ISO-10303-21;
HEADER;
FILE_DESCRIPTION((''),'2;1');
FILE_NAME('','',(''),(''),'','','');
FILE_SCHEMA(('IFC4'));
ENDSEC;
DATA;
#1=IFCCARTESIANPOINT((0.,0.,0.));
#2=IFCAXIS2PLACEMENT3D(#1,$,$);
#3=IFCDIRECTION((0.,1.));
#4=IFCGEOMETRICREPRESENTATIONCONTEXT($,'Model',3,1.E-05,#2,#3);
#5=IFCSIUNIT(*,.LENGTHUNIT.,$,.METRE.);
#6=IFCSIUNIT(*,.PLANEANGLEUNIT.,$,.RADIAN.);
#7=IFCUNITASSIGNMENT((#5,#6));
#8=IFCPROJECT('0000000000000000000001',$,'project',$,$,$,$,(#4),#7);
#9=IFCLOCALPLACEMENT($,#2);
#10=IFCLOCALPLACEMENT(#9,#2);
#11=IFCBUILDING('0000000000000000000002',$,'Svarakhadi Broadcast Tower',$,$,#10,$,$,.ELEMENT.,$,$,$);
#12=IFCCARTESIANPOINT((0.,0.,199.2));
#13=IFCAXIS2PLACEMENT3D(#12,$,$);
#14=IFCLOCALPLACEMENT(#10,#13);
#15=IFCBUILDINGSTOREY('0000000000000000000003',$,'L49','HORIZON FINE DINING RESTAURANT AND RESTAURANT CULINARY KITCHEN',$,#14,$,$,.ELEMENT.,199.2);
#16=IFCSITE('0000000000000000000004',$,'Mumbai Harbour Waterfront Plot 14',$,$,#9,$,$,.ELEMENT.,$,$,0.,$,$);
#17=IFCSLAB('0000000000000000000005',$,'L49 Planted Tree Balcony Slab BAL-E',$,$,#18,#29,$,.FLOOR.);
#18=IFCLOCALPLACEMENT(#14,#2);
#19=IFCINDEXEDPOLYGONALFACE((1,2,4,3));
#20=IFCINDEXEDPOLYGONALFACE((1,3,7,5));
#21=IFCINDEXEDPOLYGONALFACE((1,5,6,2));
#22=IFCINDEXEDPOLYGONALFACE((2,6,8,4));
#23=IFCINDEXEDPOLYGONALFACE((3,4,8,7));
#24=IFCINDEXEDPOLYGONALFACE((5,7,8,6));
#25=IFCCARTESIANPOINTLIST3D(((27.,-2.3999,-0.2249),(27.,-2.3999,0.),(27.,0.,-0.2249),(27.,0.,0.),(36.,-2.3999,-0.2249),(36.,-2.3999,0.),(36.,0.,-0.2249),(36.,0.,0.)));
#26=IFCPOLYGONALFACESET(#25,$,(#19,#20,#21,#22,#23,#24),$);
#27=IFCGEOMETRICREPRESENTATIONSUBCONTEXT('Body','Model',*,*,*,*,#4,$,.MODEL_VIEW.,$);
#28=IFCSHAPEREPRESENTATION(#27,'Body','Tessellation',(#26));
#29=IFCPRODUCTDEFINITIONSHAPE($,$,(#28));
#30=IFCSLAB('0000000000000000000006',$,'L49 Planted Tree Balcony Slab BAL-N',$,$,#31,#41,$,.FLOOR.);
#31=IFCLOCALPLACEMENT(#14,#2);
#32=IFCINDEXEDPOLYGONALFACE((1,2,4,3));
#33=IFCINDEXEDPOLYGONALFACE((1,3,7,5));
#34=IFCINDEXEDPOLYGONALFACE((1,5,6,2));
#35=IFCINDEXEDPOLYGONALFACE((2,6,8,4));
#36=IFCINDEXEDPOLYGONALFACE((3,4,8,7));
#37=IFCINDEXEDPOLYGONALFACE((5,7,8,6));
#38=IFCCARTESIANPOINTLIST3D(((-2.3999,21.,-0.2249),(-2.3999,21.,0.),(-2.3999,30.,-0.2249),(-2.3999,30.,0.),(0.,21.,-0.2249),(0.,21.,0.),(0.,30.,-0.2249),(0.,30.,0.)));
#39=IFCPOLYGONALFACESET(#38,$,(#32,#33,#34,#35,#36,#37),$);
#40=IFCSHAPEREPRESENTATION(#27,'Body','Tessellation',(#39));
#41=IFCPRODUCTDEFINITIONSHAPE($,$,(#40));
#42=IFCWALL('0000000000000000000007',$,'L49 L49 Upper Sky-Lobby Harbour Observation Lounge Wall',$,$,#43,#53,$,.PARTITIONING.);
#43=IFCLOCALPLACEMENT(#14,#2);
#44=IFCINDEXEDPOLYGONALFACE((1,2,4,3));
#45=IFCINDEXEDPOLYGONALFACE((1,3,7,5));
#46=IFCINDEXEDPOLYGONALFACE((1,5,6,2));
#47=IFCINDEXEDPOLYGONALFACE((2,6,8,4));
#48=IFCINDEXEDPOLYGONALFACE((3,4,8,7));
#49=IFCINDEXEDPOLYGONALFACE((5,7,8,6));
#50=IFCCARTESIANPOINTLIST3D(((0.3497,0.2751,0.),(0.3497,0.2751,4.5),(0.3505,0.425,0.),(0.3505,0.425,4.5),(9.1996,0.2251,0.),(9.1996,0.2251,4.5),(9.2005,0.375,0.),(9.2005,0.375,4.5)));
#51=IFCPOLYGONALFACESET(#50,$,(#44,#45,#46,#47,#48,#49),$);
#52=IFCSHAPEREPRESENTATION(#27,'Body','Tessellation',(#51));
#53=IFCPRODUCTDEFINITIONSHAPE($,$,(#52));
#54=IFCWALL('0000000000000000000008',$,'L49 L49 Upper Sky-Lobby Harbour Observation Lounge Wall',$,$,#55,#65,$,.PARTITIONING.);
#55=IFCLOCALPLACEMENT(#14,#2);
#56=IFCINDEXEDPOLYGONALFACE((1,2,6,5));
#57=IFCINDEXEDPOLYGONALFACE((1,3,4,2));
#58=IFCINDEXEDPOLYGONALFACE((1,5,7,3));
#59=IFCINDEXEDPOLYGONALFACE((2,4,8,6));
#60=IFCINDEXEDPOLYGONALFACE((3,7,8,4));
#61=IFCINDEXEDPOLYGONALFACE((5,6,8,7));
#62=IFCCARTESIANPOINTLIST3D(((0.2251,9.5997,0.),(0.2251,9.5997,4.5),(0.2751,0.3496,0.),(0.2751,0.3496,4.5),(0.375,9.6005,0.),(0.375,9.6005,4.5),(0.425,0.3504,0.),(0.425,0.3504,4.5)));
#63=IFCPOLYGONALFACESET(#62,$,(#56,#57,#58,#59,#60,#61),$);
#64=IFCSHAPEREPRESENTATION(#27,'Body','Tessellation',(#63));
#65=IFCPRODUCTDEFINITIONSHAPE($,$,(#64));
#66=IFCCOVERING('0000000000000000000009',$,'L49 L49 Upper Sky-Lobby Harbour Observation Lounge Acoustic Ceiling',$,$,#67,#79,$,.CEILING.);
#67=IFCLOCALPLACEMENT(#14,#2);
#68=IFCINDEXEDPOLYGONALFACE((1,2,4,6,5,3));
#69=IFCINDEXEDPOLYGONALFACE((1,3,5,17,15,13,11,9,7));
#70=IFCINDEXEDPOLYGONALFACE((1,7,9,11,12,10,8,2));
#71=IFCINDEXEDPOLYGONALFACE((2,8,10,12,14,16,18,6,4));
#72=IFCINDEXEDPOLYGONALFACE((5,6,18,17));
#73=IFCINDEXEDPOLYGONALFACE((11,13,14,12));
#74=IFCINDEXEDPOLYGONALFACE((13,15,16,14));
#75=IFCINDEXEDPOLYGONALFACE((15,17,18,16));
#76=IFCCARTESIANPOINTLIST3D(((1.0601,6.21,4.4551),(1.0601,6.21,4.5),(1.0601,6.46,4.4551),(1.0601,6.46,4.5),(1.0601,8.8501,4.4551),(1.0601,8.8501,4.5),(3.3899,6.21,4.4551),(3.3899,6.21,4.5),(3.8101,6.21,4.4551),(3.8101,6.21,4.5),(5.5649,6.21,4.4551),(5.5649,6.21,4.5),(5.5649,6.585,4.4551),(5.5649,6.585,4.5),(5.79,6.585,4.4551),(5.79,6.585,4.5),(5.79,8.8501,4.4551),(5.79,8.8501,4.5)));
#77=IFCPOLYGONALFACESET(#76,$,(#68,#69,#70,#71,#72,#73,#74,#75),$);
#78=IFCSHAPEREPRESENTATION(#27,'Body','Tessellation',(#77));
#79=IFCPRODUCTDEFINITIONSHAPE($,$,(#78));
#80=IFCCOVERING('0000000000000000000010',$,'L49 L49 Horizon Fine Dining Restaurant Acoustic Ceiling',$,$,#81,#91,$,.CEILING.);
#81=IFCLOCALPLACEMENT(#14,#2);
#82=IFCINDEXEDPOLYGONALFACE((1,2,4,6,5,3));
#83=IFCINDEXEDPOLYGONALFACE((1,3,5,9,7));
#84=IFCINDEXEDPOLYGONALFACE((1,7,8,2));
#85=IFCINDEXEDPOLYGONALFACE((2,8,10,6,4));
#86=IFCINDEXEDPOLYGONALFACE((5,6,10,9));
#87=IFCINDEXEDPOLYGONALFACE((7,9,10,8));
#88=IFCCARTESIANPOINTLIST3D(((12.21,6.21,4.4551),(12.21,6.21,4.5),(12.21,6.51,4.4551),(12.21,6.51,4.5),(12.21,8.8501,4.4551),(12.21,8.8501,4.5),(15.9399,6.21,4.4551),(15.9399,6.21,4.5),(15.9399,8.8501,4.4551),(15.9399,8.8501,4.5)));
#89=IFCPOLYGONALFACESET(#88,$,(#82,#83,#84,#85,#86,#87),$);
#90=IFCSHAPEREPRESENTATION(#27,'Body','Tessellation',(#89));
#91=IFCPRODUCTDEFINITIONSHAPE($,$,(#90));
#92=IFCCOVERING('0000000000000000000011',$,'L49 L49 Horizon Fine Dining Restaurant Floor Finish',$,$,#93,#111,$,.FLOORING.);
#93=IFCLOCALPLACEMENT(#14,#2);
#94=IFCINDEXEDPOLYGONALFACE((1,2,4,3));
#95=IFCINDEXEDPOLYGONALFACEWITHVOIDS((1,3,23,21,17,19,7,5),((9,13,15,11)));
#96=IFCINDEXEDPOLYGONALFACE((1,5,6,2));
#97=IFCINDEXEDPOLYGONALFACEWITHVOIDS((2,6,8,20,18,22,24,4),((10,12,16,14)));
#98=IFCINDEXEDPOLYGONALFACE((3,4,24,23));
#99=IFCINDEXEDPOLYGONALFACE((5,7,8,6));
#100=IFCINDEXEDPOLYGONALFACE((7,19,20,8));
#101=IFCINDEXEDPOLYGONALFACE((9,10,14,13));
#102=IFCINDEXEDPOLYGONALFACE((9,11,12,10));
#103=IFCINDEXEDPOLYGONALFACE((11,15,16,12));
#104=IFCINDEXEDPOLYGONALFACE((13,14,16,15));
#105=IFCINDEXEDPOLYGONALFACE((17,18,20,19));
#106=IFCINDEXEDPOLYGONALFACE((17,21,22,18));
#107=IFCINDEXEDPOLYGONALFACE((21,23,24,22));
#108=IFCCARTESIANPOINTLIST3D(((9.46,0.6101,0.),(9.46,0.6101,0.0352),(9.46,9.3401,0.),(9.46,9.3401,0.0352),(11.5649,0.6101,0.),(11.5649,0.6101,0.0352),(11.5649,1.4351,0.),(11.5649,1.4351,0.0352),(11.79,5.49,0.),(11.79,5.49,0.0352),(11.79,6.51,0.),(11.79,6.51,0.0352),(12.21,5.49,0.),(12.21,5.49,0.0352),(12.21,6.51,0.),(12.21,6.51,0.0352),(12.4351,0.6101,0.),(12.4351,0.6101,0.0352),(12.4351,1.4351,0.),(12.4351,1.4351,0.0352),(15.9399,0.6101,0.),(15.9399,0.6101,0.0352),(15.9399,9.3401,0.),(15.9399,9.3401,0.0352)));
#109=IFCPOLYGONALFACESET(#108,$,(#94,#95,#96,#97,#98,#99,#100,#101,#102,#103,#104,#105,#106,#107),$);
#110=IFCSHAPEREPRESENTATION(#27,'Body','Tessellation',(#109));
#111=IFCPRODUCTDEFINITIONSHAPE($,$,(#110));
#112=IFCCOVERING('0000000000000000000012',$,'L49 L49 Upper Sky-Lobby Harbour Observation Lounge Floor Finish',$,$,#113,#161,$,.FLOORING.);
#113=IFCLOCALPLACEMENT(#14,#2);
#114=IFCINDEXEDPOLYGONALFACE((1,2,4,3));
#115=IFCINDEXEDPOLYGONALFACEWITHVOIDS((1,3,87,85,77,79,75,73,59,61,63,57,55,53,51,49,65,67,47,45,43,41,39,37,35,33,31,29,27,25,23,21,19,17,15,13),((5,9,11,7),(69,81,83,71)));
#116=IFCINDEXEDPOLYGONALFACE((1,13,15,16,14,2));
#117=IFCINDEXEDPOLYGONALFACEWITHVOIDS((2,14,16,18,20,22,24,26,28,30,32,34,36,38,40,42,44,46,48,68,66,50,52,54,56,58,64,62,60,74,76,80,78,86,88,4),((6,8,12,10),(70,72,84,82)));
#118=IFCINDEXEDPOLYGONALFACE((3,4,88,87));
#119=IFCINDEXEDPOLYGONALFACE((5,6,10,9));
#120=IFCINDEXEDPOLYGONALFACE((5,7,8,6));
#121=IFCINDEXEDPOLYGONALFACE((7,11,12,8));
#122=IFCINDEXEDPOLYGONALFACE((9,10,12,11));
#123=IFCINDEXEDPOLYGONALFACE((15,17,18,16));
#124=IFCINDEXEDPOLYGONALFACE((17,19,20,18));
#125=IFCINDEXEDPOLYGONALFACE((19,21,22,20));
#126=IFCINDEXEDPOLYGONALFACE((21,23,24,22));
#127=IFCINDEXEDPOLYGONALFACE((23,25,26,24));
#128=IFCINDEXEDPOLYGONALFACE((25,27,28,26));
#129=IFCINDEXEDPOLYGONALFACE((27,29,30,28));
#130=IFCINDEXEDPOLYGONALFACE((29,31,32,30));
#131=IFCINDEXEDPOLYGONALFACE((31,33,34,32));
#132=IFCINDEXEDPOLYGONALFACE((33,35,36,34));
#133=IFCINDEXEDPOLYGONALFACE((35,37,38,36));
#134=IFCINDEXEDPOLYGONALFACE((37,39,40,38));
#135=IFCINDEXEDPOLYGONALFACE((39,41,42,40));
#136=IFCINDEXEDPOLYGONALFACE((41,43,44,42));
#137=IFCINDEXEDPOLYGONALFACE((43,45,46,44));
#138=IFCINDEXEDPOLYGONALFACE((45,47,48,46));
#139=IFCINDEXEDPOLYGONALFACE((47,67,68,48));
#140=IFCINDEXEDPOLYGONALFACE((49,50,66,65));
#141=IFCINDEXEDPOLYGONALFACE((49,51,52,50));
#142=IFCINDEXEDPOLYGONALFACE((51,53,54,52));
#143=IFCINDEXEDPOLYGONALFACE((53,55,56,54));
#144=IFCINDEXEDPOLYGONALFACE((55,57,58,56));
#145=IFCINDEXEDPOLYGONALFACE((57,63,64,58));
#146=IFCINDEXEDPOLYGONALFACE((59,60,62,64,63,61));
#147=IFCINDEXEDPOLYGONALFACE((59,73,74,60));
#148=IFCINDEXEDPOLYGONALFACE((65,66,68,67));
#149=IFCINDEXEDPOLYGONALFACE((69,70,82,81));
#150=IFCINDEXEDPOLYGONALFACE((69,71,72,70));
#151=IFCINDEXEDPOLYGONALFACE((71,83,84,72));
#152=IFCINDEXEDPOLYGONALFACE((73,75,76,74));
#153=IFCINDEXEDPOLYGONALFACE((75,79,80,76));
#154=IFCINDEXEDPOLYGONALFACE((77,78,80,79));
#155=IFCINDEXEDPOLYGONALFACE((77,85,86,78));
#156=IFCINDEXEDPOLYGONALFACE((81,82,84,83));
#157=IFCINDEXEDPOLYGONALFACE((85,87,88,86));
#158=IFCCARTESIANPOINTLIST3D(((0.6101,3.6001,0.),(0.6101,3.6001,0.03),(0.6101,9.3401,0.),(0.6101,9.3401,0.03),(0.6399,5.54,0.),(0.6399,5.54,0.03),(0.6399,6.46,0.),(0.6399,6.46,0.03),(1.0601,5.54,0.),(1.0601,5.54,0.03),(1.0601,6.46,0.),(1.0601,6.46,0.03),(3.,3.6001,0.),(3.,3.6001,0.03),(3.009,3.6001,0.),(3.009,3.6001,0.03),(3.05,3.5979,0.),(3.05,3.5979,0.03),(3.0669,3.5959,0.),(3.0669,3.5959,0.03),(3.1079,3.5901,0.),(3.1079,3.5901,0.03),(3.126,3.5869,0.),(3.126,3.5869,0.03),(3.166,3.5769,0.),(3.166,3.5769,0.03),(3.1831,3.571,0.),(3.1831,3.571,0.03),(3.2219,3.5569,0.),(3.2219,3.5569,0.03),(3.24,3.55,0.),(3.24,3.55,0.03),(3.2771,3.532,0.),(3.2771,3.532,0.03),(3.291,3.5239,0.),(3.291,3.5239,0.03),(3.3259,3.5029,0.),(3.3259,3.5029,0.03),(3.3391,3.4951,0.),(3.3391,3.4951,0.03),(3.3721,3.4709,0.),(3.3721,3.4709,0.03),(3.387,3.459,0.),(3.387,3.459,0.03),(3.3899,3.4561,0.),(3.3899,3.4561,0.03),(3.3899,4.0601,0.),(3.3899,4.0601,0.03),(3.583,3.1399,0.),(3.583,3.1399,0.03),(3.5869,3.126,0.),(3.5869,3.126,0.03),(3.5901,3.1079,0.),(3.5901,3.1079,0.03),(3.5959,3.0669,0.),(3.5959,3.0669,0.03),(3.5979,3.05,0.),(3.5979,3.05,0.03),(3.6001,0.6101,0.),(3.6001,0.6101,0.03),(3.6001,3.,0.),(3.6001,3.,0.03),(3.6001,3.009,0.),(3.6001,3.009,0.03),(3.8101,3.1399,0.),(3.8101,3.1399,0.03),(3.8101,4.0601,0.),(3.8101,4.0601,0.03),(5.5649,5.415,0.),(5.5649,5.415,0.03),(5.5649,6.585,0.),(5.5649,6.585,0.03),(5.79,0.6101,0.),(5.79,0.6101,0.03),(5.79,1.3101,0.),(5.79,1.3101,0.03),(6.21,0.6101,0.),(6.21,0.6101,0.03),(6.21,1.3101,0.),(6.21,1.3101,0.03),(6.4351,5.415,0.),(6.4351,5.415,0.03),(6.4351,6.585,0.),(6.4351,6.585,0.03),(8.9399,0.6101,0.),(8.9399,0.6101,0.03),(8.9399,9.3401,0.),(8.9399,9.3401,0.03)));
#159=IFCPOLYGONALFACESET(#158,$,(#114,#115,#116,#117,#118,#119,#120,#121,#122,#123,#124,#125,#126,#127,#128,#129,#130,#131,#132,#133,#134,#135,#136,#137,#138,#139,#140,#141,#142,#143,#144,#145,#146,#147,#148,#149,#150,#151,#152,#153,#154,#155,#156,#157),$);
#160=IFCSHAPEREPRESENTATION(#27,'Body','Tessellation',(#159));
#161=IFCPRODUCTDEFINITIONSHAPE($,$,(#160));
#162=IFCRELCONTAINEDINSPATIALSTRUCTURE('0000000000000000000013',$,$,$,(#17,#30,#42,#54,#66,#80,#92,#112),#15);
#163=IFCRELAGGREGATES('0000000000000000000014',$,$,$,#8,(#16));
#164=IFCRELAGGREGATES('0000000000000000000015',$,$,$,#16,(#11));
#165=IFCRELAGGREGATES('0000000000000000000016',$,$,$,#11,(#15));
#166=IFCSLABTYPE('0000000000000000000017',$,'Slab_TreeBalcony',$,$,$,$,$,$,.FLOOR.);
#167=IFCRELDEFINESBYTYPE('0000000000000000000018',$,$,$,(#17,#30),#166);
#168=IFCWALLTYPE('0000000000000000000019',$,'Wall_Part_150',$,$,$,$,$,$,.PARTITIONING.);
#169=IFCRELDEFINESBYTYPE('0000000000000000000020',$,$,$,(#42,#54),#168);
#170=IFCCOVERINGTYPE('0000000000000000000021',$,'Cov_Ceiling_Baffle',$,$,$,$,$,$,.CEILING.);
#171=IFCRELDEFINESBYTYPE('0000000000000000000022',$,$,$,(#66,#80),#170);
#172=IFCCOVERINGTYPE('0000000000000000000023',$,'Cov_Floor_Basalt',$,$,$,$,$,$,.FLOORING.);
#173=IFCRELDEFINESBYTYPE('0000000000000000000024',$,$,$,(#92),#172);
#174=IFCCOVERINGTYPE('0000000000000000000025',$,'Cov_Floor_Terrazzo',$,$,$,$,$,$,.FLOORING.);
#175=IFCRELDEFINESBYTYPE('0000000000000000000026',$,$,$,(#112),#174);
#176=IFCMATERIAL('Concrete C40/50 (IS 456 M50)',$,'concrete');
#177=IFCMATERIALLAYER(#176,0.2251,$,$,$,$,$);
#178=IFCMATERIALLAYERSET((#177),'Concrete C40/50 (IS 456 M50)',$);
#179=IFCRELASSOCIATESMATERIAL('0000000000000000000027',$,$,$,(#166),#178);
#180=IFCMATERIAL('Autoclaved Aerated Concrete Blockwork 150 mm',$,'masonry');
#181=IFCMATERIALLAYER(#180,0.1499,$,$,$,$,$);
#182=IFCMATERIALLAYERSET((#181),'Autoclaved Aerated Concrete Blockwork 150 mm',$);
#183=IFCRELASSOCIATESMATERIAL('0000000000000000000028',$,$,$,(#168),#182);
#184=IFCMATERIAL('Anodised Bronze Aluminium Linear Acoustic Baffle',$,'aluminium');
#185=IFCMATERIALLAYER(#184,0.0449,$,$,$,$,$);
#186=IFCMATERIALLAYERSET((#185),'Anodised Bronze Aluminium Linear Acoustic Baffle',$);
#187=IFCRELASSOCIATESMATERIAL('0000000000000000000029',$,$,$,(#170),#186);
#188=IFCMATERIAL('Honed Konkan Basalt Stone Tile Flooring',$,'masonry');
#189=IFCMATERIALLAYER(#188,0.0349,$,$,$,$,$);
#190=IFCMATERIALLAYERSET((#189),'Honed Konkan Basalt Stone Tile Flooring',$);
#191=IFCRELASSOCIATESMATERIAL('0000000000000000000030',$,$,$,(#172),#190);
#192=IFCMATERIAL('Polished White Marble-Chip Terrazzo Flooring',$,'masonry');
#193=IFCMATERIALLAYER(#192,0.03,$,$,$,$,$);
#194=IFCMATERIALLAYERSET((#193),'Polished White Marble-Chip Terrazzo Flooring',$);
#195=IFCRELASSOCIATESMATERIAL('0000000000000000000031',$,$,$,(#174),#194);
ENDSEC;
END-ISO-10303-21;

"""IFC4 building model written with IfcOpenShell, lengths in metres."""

from ifc_helpers import new_model, si_unit, direction, frame, frame_2d, origin, place, context, subcontext, project, spatial, polyline, rectangle, outline, extrude, material, layer, layer_set, type_object, element, save


model = new_model("IFC4")

# Units and contexts
model_context = context("Model", 3, precision=1e-05, world=origin(), true_north=direction((0.0, 1.0)))
body_context = subcontext(model_context, "Body", "Model", "MODEL_VIEW")
ifc_project = project(units=[si_unit("LENGTHUNIT", "METRE"), si_unit("PLANEANGLEUNIT", "RADIAN")], contexts=[model_context])

# Site, building, storey
site_placement = place(None, origin())
site = spatial("IfcSite", under=ifc_project, at=site_placement, Name="Mumbai Harbour Waterfront Plot 14", CompositionType="ELEMENT", RefElevation=0.0)
building_placement = place(site_placement, origin())
building = spatial("IfcBuilding", under=site, at=building_placement, Name="Svarakhadi Broadcast Tower", CompositionType="ELEMENT")
storey_placement = place(building_placement, frame((0.0, 0.0, 199.2)))
storey = spatial("IfcBuildingStorey", under=building, at=storey_placement, Name="L49", Description="HORIZON FINE DINING RESTAURANT AND RESTAURANT CULINARY KITCHEN", CompositionType="ELEMENT", Elevation=199.2)

# Shared definitions
ifc_material_1 = material(Name="Concrete C40/50 (IS 456 M50)", Category="concrete")

# Slabs
ifc_layer_1 = layer(ifc_material_1, 0.2251)
ifc_layer_set_1 = layer_set([ifc_layer_1], Name="Concrete C40/50 (IS 456 M50)")
slab_type_1 = type_object("IfcSlabType", Name="Slab_TreeBalcony", PredefinedType="FLOOR", material=ifc_layer_set_1)
slab_1_placement = place(storey_placement, frame((0.0, 0.0, -0.2249)))
element("IfcSlab", 1, at=slab_1_placement, inside=storey, type_object=slab_type_1, Name="L49 Planted Tree Balcony Slab BAL-E", PredefinedType="FLOOR", context=body_context, shape_type="SweptSolid", body=[
    extrude(outline(polyline([(27.0, -2.3999), (36.0, -2.3999), (36.0, 0.0), (27.0, 0.0), (27.0, -2.3999)])), origin(), (0.0, 0.0, 1.0), 0.2249),
])
slab_2_placement = place(storey_placement, frame((0.0, 0.0, -0.2249)))
element("IfcSlab", 2, at=slab_2_placement, inside=storey, type_object=slab_type_1, Name="L49 Planted Tree Balcony Slab BAL-N", PredefinedType="FLOOR", context=body_context, shape_type="SweptSolid", body=[
    extrude(outline(polyline([(-2.3999, 21.0), (0.0, 21.0), (0.0, 30.0), (-2.3999, 30.0), (-2.3999, 21.0)])), origin(), (0.0, 0.0, 1.0), 0.2249),
])

# Walls
ifc_material_2 = material(Name="Autoclaved Aerated Concrete Blockwork 150 mm", Category="masonry")
ifc_layer_2 = layer(ifc_material_2, 0.1499)
ifc_layer_set_2 = layer_set([ifc_layer_2], Name="Autoclaved Aerated Concrete Blockwork 150 mm")
wall_type = type_object("IfcWallType", Name="Wall_Part_150", PredefinedType="PARTITIONING", material=ifc_layer_set_2)
wall_1_placement = place(storey_placement, frame((0.3501, 0.3501, 0.0), z_axis=(0.0, 0.0, 1.0), x_axis=(0.999984, -0.005655, 0.0)))
element("IfcWall", 3, at=wall_1_placement, inside=storey, type_object=wall_type, Name="L49 L49 Upper Sky-Lobby Harbour Observation Lounge Wall", PredefinedType="PARTITIONING", context=body_context, shape_type="SweptSolid", body=[
    extrude(rectangle(XDim=8.8501, YDim=0.1499, at=frame_2d((4.425, 0.0))), origin(), (0.0, 0.0, 1.0), 4.5),
])
wall_2_placement = place(storey_placement, frame((0.3501, 0.3501, 0.0), z_axis=(0.0, 0.0, 1.0), x_axis=(-0.005411, 0.999985, 0.0)))
element("IfcWall", 4, at=wall_2_placement, inside=storey, type_object=wall_type, Name="L49 L49 Upper Sky-Lobby Harbour Observation Lounge Wall", PredefinedType="PARTITIONING", context=body_context, shape_type="SweptSolid", body=[
    extrude(rectangle(XDim=9.2502, YDim=0.1499, at=frame_2d((4.625, 0.0))), origin(), (0.0, 0.0, 1.0), 4.5),
])

# Coverings
ifc_material_3 = material(Name="Anodised Bronze Aluminium Linear Acoustic Baffle", Category="aluminium")
ifc_layer_3 = layer(ifc_material_3, 0.0449)
ifc_layer_set_3 = layer_set([ifc_layer_3], Name="Anodised Bronze Aluminium Linear Acoustic Baffle")
covering_type_1 = type_object("IfcCoveringType", Name="Cov_Ceiling_Baffle", PredefinedType="CEILING", material=ifc_layer_set_3)
covering_1_placement = place(storey_placement, frame((0.0, 0.0, 4.4551)))
element("IfcCovering", 5, at=covering_1_placement, inside=storey, type_object=covering_type_1, Name="L49 L49 Upper Sky-Lobby Harbour Observation Lounge Acoustic Ceiling", PredefinedType="CEILING", context=body_context, shape_type="SweptSolid", body=[
    extrude(outline(polyline([(5.5649, 6.21), (3.8101, 6.21), (3.3899, 6.21), (1.0601, 6.21), (1.0601, 6.46), (1.0601, 8.8501), (5.79, 8.8501), (5.79, 6.585), (5.5649, 6.585), (5.5649, 6.21)])), origin(), (0.0, 0.0, 1.0), 0.0449),
])
covering_2_placement = place(storey_placement, frame((0.0, 0.0, 4.4551)))
element("IfcCovering", 6, at=covering_2_placement, inside=storey, type_object=covering_type_1, Name="L49 L49 Horizon Fine Dining Restaurant Acoustic Ceiling", PredefinedType="CEILING", context=body_context, shape_type="SweptSolid", body=[
    extrude(outline(polyline([(15.9399, 6.21), (12.21, 6.21), (12.21, 6.51), (12.21, 8.8501), (15.9399, 8.8501), (15.9399, 6.21)])), origin(), (0.0, 0.0, 1.0), 0.0449),
])
ifc_material_4 = material(Name="Honed Konkan Basalt Stone Tile Flooring", Category="masonry")
ifc_layer_4 = layer(ifc_material_4, 0.0349)
ifc_layer_set_4 = layer_set([ifc_layer_4], Name="Honed Konkan Basalt Stone Tile Flooring")
covering_type_2 = type_object("IfcCoveringType", Name="Cov_Floor_Basalt", PredefinedType="FLOORING", material=ifc_layer_set_4)
covering_3_placement = place(storey_placement, origin())
element("IfcCovering", 7, at=covering_3_placement, inside=storey, type_object=covering_type_2, Name="L49 L49 Horizon Fine Dining Restaurant Floor Finish", PredefinedType="FLOORING", context=body_context, shape_type="SweptSolid", body=[
    extrude(outline(polyline([(15.9399, 9.3401), (15.9399, 0.6101), (12.4351, 0.6101), (12.4351, 1.4351), (11.5649, 1.4351), (11.5649, 0.6101), (9.46, 0.6101), (9.46, 9.3401), (15.9399, 9.3401)]), holes=[polyline([(11.79, 5.49), (12.21, 5.49), (12.21, 6.51), (11.79, 6.51), (11.79, 5.49)])]), origin(), (0.0, 0.0, 1.0), 0.0352),
])
ifc_material_5 = material(Name="Polished White Marble-Chip Terrazzo Flooring", Category="masonry")
ifc_layer_5 = layer(ifc_material_5, 0.03)
ifc_layer_set_5 = layer_set([ifc_layer_5], Name="Polished White Marble-Chip Terrazzo Flooring")
covering_type_3 = type_object("IfcCoveringType", Name="Cov_Floor_Terrazzo", PredefinedType="FLOORING", material=ifc_layer_set_5)
covering_4_placement = place(storey_placement, origin())
element("IfcCovering", 8, at=covering_4_placement, inside=storey, type_object=covering_type_3, Name="L49 L49 Upper Sky-Lobby Harbour Observation Lounge Floor Finish", PredefinedType="FLOORING", context=body_context, shape_type="SweptSolid", body=[
    extrude(outline(polyline([(8.9399, 0.6101), (6.21, 0.6101), (6.21, 1.3101), (5.79, 1.3101), (5.79, 0.6101), (3.6001, 0.6101), (3.6001, 3.0), (3.6001, 3.009), (3.5979, 3.05), (3.5959, 3.0669), (3.5901, 3.1079), (3.5869, 3.126), (3.583, 3.1399), (3.8101, 3.1399), (3.8101, 4.0601), (3.3899, 4.0601), (3.3899, 3.4561), (3.387, 3.459), (3.3721, 3.4709), (3.3391, 3.4951), (3.3259, 3.5029), (3.291, 3.5239), (3.2771, 3.532), (3.24, 3.55), (3.2219, 3.5569), (3.1831, 3.571), (3.166, 3.5769), (3.126, 3.5869), (3.1079, 3.5901), (3.0669, 3.5959), (3.05, 3.5979), (3.009, 3.6001), (3.0, 3.6001), (0.6101, 3.6001), (0.6101, 9.3401), (8.9399, 9.3401), (8.9399, 0.6101)]), holes=[polyline([(1.0601, 5.54), (1.0601, 6.46), (0.6399, 6.46), (0.6399, 5.54), (1.0601, 5.54)]), polyline([(5.5649, 5.415), (6.4351, 5.415), (6.4351, 6.585), (5.5649, 6.585), (5.5649, 5.415)])]), origin(), (0.0, 0.0, 1.0), 0.03),
])

save(model, "model.ifc")
